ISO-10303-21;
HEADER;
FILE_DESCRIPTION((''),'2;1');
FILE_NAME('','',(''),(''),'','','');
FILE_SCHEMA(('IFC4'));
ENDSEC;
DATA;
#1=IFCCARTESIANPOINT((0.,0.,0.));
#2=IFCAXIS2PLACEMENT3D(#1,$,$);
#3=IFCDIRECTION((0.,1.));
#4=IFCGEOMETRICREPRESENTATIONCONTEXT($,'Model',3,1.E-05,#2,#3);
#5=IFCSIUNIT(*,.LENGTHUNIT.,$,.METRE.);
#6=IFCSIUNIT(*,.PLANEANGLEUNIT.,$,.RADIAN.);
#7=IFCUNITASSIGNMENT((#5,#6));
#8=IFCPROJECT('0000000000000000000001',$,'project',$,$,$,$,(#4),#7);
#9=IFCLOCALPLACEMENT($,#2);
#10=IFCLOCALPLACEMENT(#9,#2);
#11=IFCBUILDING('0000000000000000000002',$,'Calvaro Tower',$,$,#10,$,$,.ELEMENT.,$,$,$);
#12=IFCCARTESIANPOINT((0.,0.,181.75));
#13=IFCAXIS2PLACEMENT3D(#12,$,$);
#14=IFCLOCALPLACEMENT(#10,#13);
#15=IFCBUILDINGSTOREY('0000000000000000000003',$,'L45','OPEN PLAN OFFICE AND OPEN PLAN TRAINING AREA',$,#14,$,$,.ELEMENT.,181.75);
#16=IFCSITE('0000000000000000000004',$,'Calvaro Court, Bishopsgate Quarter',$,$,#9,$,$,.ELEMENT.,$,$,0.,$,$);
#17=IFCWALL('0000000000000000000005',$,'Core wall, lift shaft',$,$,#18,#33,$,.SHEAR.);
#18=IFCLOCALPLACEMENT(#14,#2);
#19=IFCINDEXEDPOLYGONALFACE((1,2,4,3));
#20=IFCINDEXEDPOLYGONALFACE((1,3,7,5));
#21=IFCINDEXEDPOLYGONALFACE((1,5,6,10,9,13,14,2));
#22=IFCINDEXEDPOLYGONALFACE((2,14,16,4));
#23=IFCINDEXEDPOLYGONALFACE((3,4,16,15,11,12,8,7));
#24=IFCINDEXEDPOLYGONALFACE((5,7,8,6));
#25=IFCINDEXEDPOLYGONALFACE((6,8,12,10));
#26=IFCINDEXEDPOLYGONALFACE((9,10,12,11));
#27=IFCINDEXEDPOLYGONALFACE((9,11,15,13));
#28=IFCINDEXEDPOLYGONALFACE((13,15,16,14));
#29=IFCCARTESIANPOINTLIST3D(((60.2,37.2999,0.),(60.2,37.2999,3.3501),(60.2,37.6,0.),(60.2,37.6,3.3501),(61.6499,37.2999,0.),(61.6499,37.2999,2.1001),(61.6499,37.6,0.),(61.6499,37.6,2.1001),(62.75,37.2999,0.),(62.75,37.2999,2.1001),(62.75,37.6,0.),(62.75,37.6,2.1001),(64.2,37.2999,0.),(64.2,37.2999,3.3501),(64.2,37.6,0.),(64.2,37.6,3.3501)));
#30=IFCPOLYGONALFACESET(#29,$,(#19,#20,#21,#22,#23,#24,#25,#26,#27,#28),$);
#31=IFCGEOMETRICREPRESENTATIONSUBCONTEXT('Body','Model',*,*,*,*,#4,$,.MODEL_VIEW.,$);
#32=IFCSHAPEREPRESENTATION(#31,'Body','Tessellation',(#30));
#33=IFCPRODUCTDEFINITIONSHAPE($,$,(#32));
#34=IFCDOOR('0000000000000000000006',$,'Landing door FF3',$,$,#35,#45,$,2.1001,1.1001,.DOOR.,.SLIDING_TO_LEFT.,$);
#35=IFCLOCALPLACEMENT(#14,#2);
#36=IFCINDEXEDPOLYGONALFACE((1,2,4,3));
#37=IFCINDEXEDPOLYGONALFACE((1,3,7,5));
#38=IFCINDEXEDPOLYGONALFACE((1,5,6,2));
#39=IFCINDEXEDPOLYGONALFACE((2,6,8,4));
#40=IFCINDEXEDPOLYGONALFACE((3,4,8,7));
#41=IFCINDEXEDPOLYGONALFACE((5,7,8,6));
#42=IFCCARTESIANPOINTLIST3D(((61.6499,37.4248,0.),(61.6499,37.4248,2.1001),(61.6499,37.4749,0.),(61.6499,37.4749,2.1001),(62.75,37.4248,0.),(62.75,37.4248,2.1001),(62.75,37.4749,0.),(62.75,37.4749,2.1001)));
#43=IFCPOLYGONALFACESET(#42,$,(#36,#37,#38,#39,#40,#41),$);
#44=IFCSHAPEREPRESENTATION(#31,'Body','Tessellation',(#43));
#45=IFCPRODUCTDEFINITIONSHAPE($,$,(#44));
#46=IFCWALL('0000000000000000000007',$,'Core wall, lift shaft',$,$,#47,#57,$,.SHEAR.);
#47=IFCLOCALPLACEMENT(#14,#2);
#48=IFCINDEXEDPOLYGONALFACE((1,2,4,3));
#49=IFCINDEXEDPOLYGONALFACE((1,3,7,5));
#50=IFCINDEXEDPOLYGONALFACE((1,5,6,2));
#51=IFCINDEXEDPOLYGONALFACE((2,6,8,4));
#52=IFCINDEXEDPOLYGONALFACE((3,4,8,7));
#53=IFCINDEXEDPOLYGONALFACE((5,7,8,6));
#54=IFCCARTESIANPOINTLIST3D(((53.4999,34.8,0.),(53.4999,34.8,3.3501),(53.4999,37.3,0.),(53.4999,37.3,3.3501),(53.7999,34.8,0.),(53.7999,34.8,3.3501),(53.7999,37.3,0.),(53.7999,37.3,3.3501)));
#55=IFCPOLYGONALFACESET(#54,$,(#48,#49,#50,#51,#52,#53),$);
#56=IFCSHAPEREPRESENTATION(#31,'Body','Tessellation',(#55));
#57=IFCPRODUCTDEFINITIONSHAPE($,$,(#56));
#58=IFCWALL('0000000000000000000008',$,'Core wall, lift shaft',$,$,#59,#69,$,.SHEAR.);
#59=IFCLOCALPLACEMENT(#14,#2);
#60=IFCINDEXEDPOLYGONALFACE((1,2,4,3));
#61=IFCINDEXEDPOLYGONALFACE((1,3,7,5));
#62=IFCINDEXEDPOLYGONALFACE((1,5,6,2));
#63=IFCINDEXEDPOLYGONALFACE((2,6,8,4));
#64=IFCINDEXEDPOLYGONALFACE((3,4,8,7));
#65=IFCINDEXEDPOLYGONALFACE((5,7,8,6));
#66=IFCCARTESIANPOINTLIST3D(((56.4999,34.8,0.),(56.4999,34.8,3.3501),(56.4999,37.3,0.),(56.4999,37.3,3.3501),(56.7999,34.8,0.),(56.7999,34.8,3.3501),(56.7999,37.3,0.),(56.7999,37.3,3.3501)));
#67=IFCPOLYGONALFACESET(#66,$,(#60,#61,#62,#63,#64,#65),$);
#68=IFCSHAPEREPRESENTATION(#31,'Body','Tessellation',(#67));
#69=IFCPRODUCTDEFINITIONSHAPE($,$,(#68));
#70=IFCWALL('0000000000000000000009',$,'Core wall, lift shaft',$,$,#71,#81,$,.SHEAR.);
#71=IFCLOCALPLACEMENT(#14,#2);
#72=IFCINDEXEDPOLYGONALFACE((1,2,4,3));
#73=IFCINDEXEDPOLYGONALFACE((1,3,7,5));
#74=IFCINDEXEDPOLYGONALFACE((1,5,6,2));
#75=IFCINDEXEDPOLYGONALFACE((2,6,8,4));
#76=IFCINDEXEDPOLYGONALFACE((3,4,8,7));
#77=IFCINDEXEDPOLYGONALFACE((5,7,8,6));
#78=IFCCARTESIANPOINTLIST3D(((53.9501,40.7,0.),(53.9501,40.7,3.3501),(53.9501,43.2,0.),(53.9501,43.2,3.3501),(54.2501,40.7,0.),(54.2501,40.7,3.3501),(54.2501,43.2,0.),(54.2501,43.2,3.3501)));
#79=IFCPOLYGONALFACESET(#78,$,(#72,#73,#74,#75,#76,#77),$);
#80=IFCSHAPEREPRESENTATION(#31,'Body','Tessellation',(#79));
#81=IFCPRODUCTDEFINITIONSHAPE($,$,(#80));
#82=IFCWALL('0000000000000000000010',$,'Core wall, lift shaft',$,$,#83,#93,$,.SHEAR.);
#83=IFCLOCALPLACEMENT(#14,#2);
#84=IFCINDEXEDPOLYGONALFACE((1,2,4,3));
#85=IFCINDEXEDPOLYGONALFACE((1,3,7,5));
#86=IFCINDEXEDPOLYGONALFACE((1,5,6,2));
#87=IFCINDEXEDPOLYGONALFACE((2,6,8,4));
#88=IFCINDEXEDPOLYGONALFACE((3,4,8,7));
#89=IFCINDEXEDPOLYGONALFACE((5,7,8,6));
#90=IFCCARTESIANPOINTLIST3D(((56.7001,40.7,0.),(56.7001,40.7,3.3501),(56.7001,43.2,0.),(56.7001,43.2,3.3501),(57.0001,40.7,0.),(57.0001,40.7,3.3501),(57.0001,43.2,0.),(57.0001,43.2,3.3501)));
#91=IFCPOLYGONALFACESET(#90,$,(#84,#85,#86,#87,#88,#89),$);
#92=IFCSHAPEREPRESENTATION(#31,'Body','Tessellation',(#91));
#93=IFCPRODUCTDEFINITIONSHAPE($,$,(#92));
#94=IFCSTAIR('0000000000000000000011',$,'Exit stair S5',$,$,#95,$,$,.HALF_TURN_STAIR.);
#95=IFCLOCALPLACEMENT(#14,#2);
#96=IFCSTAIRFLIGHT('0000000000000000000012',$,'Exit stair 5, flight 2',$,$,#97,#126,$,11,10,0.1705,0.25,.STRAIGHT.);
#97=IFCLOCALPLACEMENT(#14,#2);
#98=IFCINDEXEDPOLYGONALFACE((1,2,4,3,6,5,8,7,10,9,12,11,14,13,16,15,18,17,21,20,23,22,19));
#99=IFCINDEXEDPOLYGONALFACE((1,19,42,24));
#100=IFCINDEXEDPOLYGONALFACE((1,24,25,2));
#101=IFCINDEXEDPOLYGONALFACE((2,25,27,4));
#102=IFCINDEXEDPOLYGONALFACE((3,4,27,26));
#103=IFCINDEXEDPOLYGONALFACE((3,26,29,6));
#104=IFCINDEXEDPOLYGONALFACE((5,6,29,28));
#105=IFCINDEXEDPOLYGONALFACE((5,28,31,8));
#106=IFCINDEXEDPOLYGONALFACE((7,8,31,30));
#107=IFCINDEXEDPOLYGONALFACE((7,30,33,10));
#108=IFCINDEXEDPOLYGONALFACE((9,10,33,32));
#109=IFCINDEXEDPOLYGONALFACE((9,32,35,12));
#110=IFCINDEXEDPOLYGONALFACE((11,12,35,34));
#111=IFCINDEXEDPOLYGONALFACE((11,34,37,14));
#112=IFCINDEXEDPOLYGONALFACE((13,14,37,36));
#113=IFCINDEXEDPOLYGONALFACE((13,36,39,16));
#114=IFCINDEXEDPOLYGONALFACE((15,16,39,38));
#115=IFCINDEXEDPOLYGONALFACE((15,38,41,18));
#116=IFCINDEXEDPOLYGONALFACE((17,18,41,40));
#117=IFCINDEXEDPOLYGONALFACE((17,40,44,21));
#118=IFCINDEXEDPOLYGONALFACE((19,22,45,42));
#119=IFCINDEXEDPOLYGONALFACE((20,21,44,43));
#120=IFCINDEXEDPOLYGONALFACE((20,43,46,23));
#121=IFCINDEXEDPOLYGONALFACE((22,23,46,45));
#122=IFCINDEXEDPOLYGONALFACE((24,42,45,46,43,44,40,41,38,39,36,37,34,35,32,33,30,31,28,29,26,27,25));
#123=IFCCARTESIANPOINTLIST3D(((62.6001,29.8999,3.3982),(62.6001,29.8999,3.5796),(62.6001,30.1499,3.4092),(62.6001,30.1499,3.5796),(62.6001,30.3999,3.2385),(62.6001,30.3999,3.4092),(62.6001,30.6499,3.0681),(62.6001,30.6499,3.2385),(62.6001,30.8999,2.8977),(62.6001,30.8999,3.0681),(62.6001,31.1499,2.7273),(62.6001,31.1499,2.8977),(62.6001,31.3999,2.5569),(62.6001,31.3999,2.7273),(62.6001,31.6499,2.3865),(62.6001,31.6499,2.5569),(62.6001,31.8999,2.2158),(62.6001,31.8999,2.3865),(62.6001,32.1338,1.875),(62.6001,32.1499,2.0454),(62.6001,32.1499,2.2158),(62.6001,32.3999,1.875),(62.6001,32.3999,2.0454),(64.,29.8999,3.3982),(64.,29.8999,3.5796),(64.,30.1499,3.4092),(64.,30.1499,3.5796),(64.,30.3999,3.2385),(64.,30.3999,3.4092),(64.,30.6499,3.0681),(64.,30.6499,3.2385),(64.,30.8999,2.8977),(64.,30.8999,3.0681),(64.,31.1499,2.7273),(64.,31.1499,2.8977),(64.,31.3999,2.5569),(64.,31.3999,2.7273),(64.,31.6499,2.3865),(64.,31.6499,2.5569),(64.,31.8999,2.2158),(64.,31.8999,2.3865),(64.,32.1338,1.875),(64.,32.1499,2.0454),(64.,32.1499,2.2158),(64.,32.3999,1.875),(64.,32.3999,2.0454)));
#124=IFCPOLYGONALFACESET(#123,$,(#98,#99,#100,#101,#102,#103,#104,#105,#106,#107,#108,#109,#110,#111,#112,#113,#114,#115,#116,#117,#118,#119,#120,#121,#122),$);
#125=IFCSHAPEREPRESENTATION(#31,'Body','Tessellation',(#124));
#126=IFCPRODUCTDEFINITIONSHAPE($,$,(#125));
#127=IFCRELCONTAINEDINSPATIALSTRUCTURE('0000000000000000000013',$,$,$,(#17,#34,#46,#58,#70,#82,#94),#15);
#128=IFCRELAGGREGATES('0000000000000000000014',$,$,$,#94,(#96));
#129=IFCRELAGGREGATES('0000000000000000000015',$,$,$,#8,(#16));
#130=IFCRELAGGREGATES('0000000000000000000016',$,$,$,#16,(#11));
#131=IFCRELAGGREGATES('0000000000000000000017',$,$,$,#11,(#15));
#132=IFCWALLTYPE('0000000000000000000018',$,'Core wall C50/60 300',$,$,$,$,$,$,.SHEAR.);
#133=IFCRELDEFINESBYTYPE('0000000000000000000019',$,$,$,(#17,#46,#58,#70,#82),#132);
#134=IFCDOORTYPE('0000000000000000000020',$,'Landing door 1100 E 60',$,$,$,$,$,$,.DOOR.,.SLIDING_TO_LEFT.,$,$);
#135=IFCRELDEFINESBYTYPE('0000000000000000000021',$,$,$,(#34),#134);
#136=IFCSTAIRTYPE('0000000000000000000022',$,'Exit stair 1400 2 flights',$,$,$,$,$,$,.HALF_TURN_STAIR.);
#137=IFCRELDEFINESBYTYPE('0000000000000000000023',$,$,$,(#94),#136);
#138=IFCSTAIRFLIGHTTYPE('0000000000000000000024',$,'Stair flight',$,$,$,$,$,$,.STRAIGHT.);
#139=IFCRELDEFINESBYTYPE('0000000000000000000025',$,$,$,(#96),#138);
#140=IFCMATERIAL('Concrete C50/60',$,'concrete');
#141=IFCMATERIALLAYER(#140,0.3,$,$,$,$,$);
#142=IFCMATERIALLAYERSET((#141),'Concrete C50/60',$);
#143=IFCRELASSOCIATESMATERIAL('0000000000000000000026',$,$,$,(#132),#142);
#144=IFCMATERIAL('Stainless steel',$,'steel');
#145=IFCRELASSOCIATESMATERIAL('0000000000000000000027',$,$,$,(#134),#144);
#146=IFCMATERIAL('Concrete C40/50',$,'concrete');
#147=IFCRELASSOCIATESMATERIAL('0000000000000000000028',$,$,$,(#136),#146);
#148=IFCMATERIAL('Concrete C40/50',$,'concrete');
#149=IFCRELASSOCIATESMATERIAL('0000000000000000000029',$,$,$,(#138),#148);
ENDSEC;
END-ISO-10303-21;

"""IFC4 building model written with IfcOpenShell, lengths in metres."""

from ifc_helpers import new_model, si_unit, direction, frame, frame_2d, origin, place, context, subcontext, project, spatial, polyline, rectangle, outline, extrude, material, layer, layer_set, type_object, element, fill, aggregate, save


model = new_model("IFC4")

# Units and contexts
model_context = context("Model", 3, precision=1e-05, world=origin(), true_north=direction((0.0, 1.0)))
body_context = subcontext(model_context, "Body", "Model", "MODEL_VIEW")
ifc_project = project(units=[si_unit("LENGTHUNIT", "METRE"), si_unit("PLANEANGLEUNIT", "RADIAN")], contexts=[model_context])

# Site, building, storey
site_placement = place(None, origin())
site = spatial("IfcSite", under=ifc_project, at=site_placement, Name="Calvaro Court, Bishopsgate Quarter", CompositionType="ELEMENT", RefElevation=0.0)
building_placement = place(site_placement, origin())
building = spatial("IfcBuilding", under=site, at=building_placement, Name="Calvaro Tower", CompositionType="ELEMENT")
storey_placement = place(building_placement, frame((0.0, 0.0, 181.75)))
storey = spatial("IfcBuildingStorey", under=building, at=storey_placement, Name="L45", Description="OPEN PLAN OFFICE AND OPEN PLAN TRAINING AREA", CompositionType="ELEMENT", Elevation=181.75)

# Shared definitions
ifc_material_1 = material(Name="Concrete C50/60", Category="concrete")
ifc_layer_1 = layer(ifc_material_1, 0.3)
ifc_layer_set_1 = layer_set([ifc_layer_1], Name="Concrete C50/60")
wall_type_1 = type_object("IfcWallType", Name="Core wall C50/60 300", PredefinedType="SHEAR", material=ifc_layer_set_1)

# Wall, opening, door
wall_1_placement = place(storey_placement, frame((60.2, 37.45, 0.0), z_axis=(0.0, 0.0, 1.0), x_axis=(1.0, 0.0, 0.0)))
wall_1 = element("IfcWall", 1, at=wall_1_placement, inside=storey, type_object=wall_type_1, Name="Core wall, lift shaft", PredefinedType="SHEAR", context=body_context, shape_type="SweptSolid", body=[
    extrude(rectangle(XDim=4.0, YDim=0.3, at=frame_2d((2.0, 0.0))), origin(), (0.0, 0.0, 1.0), 3.3501),
])
opening_1_placement = place(wall_1_placement, frame((1.45, 0.0, 0.0)))
opening_1 = element("IfcOpeningElement", 2, at=opening_1_placement, cuts=wall_1, PredefinedType="OPENING", context=body_context, shape_type="SweptSolid", body=[
    extrude(rectangle(XDim=1.1001, YDim=2.1001, at=frame_2d((0.55, 1.05))), frame((0.0, 0.1599, 0.0), z_axis=(0.0, -1.0, 0.0), x_axis=(1.0, 0.0, 0.0)), (0.0, 0.0, 1.0), 0.3201),
])
ifc_material_2 = material(Name="Stainless steel", Category="steel")
door_type_1 = type_object("IfcDoorType", Name="Landing door 1100 E 60", OperationType="SLIDING_TO_LEFT", PredefinedType="DOOR", material=ifc_material_2)
door_1_placement = place(opening_1_placement, origin())
door_1 = element("IfcDoor", 3, at=door_1_placement, inside=storey, type_object=door_type_1, Name="Landing door FF3", OperationType="SLIDING_TO_LEFT", OverallHeight=2.1001, OverallWidth=1.1001, PredefinedType="DOOR", context=body_context, shape_type="SweptSolid", body=[
    extrude(rectangle(XDim=1.1001, YDim=2.1001, at=frame_2d((0.55, 1.05))), frame((0.0, 0.0249, 0.0), z_axis=(0.0, -1.0, 0.0), x_axis=(1.0, 0.0, 0.0)), (0.0, 0.0, 1.0), 0.05),
])
fill(opening_1, door_1)

# Walls
for number, where, z_axis, x_axis, name in (
    (4, (53.6499, 34.8, 0.0), (0.0, 0.0, 1.0), (0.0, 1.0, 0.0), "Core wall, lift shaft"),
    (5, (56.6499, 34.8, 0.0), (0.0, 0.0, 1.0), (0.0, 1.0, 0.0), "Core wall, lift shaft"),
    (6, (54.1001, 40.7, 0.0), (0.0, 0.0, 1.0), (0.0, 1.0, 0.0), "Core wall, lift shaft"),
    (7, (56.8501, 40.7, 0.0), (0.0, 0.0, 1.0), (0.0, 1.0, 0.0), "Core wall, lift shaft"),
):
    element("IfcWall", number, at=place(storey_placement, frame(where, z_axis=z_axis, x_axis=x_axis)), inside=storey, type_object=wall_type_1, Name=name, PredefinedType="SHEAR", context=body_context, shape_type="SweptSolid", body=[
        extrude(rectangle(XDim=2.5, YDim=0.3, at=frame_2d((1.25, 0.0))), origin(), (0.0, 0.0, 1.0), 3.3501),
    ])

# Stair, stair flight
ifc_material_3 = material(Name="Concrete C40/50", Category="concrete")
stair_type = type_object("IfcStairType", Name="Exit stair 1400 2 flights", PredefinedType="HALF_TURN_STAIR", material=ifc_material_3)
stair_placement = place(storey_placement, origin())
stair = element("IfcStair", 8, at=stair_placement, inside=storey, type_object=stair_type, Name="Exit stair S5", PredefinedType="HALF_TURN_STAIR")
ifc_material_4 = material(Name="Concrete C40/50", Category="concrete")
stair_flight_type = type_object("IfcStairFlightType", Name="Stair flight", PredefinedType="STRAIGHT", material=ifc_material_4)
stair_flight_placement = place(storey_placement, frame((63.3, 32.3999, 1.875), z_axis=(0.0, 0.0, 1.0), x_axis=(0.0, -1.0, 0.0)))
stair_flight = element("IfcStairFlight", 9, at=stair_flight_placement, type_object=stair_flight_type, Name="Exit stair 5, flight 2", NumberOfRisers=11, NumberOfTreads=10, PredefinedType="STRAIGHT", RiserHeight=0.1705, TreadLength=0.25, context=body_context, shape_type="SweptSolid", body=[
    extrude(outline(polyline([(0.0, 0.0), (0.0, 0.1704), (0.25, 0.1704), (0.25, 0.3408), (0.5, 0.3408), (0.5, 0.5115), (0.75, 0.5115), (0.75, 0.6819), (1.0, 0.6819), (1.0, 0.8523), (1.25, 0.8523), (1.25, 1.0227), (1.5, 1.0227), (1.5, 1.1931), (1.75, 1.1931), (1.75, 1.3635), (2.0, 1.3635), (2.0, 1.5342), (2.25, 1.5342), (2.25, 1.7046), (2.5, 1.7046), (2.5, 1.875), (2.5, 1.5232), (0.2661, 0.0), (0.0, 0.0)])), frame((0.0, 0.7, 0.0), z_axis=(0.0, -1.0, 0.0), x_axis=(1.0, 0.0, 0.0)), (0.0, 0.0, 1.0), 1.3999),
])
aggregate(stair, [stair_flight])

save(model, "model.ifc")
